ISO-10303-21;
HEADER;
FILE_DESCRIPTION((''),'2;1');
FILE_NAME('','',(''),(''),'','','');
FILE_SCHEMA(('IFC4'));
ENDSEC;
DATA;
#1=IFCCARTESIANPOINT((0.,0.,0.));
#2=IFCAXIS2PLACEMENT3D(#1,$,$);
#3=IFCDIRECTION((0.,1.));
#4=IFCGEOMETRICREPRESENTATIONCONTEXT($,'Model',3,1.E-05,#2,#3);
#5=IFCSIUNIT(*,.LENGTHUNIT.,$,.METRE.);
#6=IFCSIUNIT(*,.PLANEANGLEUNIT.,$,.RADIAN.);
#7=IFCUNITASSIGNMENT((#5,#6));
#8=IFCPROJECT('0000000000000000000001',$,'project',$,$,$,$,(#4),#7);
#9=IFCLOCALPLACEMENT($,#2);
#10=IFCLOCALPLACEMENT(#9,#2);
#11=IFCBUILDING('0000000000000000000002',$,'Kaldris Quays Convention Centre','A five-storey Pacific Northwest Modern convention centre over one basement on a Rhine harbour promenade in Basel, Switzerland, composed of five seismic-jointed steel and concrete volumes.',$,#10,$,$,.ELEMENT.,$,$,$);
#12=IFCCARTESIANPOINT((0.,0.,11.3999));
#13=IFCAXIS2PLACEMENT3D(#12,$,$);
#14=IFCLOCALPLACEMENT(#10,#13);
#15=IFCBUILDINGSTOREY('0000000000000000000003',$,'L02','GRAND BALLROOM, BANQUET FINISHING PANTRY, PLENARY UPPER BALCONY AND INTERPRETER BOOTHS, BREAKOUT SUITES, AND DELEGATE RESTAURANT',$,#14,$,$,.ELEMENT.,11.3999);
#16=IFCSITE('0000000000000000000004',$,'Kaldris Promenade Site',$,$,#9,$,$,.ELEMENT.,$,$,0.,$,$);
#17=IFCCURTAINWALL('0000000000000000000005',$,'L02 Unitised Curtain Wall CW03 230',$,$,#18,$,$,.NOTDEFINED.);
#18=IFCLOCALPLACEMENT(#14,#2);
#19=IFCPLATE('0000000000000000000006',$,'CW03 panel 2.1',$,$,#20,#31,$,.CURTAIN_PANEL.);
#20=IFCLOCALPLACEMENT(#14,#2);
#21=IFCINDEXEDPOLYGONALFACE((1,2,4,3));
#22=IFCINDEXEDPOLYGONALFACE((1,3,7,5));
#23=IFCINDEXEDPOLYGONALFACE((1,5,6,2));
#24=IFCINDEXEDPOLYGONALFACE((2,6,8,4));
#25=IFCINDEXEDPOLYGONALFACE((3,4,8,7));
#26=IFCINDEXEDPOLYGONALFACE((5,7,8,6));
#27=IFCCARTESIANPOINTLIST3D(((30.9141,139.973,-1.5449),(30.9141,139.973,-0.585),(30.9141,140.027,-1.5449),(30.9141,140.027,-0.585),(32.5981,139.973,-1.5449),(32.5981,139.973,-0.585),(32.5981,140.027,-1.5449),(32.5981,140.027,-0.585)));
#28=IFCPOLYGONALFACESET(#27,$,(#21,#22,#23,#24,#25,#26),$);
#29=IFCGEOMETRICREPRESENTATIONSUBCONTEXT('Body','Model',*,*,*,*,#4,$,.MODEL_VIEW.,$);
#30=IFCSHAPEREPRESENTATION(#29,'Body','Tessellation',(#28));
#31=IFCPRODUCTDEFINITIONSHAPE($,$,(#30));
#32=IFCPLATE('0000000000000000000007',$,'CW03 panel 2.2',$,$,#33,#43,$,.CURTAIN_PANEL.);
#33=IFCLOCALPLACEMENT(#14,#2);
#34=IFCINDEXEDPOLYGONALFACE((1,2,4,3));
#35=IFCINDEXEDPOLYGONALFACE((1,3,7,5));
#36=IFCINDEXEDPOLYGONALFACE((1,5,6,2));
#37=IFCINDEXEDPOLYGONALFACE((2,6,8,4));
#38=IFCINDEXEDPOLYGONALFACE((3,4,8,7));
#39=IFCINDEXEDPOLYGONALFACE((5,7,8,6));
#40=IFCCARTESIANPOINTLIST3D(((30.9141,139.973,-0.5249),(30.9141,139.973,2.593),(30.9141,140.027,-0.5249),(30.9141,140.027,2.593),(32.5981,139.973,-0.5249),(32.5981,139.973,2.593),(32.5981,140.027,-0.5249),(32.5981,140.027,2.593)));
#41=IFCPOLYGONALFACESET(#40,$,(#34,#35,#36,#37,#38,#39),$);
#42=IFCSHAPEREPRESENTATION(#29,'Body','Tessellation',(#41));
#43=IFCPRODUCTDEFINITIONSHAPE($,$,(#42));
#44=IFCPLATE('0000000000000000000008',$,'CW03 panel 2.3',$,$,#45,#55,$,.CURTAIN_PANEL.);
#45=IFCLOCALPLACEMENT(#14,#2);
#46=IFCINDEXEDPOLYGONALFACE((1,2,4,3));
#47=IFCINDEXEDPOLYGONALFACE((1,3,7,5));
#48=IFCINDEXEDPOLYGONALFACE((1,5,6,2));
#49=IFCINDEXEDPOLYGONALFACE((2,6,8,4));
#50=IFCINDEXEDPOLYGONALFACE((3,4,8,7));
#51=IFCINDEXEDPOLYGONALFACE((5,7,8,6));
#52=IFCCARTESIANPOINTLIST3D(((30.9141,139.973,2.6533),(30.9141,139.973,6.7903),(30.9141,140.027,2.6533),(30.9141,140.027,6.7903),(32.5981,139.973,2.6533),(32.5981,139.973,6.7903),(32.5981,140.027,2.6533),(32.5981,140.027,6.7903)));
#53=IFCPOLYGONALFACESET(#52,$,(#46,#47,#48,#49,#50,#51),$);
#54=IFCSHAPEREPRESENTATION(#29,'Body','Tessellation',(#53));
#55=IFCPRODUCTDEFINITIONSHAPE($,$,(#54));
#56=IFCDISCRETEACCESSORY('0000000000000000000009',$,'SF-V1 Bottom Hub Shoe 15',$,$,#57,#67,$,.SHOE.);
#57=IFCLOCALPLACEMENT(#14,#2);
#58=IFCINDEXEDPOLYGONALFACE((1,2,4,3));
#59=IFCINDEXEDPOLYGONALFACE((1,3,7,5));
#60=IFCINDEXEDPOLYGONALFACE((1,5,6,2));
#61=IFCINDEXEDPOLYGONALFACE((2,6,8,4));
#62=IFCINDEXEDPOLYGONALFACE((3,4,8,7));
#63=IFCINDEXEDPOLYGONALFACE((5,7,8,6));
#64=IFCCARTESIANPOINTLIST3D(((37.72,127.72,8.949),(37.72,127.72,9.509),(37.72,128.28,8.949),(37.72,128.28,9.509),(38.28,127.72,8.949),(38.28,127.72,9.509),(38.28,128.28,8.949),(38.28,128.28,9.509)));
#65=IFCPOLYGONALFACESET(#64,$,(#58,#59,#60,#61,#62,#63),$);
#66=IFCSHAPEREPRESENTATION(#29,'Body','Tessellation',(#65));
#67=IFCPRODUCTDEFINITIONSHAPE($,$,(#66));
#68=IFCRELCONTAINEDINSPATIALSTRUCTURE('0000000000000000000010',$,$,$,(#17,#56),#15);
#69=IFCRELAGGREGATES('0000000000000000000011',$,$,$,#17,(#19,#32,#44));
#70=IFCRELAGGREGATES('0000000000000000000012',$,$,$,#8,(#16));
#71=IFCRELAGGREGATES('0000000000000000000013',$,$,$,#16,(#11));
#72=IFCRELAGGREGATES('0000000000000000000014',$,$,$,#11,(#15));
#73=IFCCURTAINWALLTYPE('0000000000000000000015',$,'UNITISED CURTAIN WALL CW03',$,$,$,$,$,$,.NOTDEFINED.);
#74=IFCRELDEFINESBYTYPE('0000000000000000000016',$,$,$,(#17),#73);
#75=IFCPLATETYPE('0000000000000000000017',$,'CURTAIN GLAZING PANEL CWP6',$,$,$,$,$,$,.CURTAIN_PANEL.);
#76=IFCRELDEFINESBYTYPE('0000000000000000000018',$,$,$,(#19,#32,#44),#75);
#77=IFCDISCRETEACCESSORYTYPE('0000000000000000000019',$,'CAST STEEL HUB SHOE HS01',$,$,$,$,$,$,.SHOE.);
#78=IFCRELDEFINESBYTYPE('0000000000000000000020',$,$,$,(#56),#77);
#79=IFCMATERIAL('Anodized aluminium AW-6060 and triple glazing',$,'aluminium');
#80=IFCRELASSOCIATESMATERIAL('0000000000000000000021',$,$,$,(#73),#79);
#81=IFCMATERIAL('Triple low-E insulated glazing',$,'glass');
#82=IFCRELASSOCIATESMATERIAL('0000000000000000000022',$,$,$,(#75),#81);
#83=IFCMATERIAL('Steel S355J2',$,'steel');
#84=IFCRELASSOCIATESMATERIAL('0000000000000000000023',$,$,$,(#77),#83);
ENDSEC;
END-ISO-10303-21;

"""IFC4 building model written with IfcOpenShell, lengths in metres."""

from ifc_helpers import new_model, si_unit, direction, frame, origin, origin_2d, place, context, subcontext, project, spatial, rectangle, extrude, material, type_object, element, aggregate, save


model = new_model("IFC4")

# Units and contexts
model_context = context("Model", 3, precision=1e-05, world=origin(), true_north=direction((0.0, 1.0)))
body_context = subcontext(model_context, "Body", "Model", "MODEL_VIEW")
ifc_project = project(units=[si_unit("LENGTHUNIT", "METRE"), si_unit("PLANEANGLEUNIT", "RADIAN")], contexts=[model_context])

# Site, building, storey
site_placement = place(None, origin())
site = spatial("IfcSite", under=ifc_project, at=site_placement, Name="Kaldris Promenade Site", CompositionType="ELEMENT", RefElevation=0.0)
building_placement = place(site_placement, origin())
building = spatial("IfcBuilding", under=site, at=building_placement, Name="Kaldris Quays Convention Centre", Description="A five-storey Pacific Northwest Modern convention centre over one basement on a Rhine harbour promenade in Basel, Switzerland, composed of five seismic-jointed steel and concrete volumes.", CompositionType="ELEMENT")
storey_placement = place(building_placement, frame((0.0, 0.0, 11.3999)))
storey = spatial("IfcBuildingStorey", under=building, at=storey_placement, Name="L02", Description="GRAND BALLROOM, BANQUET FINISHING PANTRY, PLENARY UPPER BALCONY AND INTERPRETER BOOTHS, BREAKOUT SUITES, AND DELEGATE RESTAURANT", CompositionType="ELEMENT", Elevation=11.3999)

# Curtain wall
ifc_material_1 = material(Name="Anodized aluminium AW-6060 and triple glazing", Category="aluminium")
curtain_wall_type = type_object("IfcCurtainWallType", Name="UNITISED CURTAIN WALL CW03", PredefinedType="NOTDEFINED", material=ifc_material_1)
curtain_wall_placement = place(storey_placement, origin())
curtain_wall = element("IfcCurtainWall", 1, at=curtain_wall_placement, inside=storey, type_object=curtain_wall_type, Name="L02 Unitised Curtain Wall CW03 230", PredefinedType="NOTDEFINED")

# Plates
ifc_material_2 = material(Name="Triple low-E insulated glazing", Category="glass")
plate_type = type_object("IfcPlateType", Name="CURTAIN GLAZING PANEL CWP6", PredefinedType="CURTAIN_PANEL", material=ifc_material_2)
plate_1_placement = place(storey_placement, frame((31.7561, 140.0, -1.5449), z_axis=(0.0, 0.0, 1.0), x_axis=(1.0, 0.0, 0.0)))
plate_1 = element("IfcPlate", 2, at=plate_1_placement, type_object=plate_type, Name="CW03 panel 2.1", PredefinedType="CURTAIN_PANEL", context=body_context, shape_type="SweptSolid", body=[
    extrude(rectangle(XDim=1.6841, YDim=0.054, at=origin_2d()), origin(), (0.0, 0.0, 1.0), 0.96),
])
plate_2_placement = place(storey_placement, frame((31.7561, 140.0, -0.5249), z_axis=(0.0, 0.0, 1.0), x_axis=(1.0, 0.0, 0.0)))
plate_2 = element("IfcPlate", 3, at=plate_2_placement, type_object=plate_type, Name="CW03 panel 2.2", PredefinedType="CURTAIN_PANEL", context=body_context, shape_type="SweptSolid", body=[
    extrude(rectangle(XDim=1.6841, YDim=0.054, at=origin_2d()), origin(), (0.0, 0.0, 1.0), 3.1179),
])
plate_3_placement = place(storey_placement, frame((31.7561, 140.0, 2.6533), z_axis=(0.0, 0.0, 1.0), x_axis=(1.0, 0.0, 0.0)))
plate_3 = element("IfcPlate", 4, at=plate_3_placement, type_object=plate_type, Name="CW03 panel 2.3", PredefinedType="CURTAIN_PANEL", context=body_context, shape_type="SweptSolid", body=[
    extrude(rectangle(XDim=1.6841, YDim=0.054, at=origin_2d()), origin(), (0.0, 0.0, 1.0), 4.137),
])
aggregate(curtain_wall, [plate_1, plate_2, plate_3])

# Discrete accessory
ifc_material_3 = material(Name="Steel S355J2", Category="steel")
discrete_accessory_type = type_object("IfcDiscreteAccessoryType", Name="CAST STEEL HUB SHOE HS01", PredefinedType="SHOE", material=ifc_material_3)
discrete_accessory_placement = place(storey_placement, frame((38.0, 128.0, 8.949), z_axis=(0.0, 0.0, 1.0), x_axis=(1.0, 0.0, 0.0)))
element("IfcDiscreteAccessory", 5, at=discrete_accessory_placement, inside=storey, type_object=discrete_accessory_type, Name="SF-V1 Bottom Hub Shoe 15", PredefinedType="SHOE", context=body_context, shape_type="SweptSolid", body=[
    extrude(rectangle(XDim=0.5601, YDim=0.5601, at=origin_2d()), origin(), (0.0, 0.0, 1.0), 0.5601),
])

save(model, "model.ifc")
